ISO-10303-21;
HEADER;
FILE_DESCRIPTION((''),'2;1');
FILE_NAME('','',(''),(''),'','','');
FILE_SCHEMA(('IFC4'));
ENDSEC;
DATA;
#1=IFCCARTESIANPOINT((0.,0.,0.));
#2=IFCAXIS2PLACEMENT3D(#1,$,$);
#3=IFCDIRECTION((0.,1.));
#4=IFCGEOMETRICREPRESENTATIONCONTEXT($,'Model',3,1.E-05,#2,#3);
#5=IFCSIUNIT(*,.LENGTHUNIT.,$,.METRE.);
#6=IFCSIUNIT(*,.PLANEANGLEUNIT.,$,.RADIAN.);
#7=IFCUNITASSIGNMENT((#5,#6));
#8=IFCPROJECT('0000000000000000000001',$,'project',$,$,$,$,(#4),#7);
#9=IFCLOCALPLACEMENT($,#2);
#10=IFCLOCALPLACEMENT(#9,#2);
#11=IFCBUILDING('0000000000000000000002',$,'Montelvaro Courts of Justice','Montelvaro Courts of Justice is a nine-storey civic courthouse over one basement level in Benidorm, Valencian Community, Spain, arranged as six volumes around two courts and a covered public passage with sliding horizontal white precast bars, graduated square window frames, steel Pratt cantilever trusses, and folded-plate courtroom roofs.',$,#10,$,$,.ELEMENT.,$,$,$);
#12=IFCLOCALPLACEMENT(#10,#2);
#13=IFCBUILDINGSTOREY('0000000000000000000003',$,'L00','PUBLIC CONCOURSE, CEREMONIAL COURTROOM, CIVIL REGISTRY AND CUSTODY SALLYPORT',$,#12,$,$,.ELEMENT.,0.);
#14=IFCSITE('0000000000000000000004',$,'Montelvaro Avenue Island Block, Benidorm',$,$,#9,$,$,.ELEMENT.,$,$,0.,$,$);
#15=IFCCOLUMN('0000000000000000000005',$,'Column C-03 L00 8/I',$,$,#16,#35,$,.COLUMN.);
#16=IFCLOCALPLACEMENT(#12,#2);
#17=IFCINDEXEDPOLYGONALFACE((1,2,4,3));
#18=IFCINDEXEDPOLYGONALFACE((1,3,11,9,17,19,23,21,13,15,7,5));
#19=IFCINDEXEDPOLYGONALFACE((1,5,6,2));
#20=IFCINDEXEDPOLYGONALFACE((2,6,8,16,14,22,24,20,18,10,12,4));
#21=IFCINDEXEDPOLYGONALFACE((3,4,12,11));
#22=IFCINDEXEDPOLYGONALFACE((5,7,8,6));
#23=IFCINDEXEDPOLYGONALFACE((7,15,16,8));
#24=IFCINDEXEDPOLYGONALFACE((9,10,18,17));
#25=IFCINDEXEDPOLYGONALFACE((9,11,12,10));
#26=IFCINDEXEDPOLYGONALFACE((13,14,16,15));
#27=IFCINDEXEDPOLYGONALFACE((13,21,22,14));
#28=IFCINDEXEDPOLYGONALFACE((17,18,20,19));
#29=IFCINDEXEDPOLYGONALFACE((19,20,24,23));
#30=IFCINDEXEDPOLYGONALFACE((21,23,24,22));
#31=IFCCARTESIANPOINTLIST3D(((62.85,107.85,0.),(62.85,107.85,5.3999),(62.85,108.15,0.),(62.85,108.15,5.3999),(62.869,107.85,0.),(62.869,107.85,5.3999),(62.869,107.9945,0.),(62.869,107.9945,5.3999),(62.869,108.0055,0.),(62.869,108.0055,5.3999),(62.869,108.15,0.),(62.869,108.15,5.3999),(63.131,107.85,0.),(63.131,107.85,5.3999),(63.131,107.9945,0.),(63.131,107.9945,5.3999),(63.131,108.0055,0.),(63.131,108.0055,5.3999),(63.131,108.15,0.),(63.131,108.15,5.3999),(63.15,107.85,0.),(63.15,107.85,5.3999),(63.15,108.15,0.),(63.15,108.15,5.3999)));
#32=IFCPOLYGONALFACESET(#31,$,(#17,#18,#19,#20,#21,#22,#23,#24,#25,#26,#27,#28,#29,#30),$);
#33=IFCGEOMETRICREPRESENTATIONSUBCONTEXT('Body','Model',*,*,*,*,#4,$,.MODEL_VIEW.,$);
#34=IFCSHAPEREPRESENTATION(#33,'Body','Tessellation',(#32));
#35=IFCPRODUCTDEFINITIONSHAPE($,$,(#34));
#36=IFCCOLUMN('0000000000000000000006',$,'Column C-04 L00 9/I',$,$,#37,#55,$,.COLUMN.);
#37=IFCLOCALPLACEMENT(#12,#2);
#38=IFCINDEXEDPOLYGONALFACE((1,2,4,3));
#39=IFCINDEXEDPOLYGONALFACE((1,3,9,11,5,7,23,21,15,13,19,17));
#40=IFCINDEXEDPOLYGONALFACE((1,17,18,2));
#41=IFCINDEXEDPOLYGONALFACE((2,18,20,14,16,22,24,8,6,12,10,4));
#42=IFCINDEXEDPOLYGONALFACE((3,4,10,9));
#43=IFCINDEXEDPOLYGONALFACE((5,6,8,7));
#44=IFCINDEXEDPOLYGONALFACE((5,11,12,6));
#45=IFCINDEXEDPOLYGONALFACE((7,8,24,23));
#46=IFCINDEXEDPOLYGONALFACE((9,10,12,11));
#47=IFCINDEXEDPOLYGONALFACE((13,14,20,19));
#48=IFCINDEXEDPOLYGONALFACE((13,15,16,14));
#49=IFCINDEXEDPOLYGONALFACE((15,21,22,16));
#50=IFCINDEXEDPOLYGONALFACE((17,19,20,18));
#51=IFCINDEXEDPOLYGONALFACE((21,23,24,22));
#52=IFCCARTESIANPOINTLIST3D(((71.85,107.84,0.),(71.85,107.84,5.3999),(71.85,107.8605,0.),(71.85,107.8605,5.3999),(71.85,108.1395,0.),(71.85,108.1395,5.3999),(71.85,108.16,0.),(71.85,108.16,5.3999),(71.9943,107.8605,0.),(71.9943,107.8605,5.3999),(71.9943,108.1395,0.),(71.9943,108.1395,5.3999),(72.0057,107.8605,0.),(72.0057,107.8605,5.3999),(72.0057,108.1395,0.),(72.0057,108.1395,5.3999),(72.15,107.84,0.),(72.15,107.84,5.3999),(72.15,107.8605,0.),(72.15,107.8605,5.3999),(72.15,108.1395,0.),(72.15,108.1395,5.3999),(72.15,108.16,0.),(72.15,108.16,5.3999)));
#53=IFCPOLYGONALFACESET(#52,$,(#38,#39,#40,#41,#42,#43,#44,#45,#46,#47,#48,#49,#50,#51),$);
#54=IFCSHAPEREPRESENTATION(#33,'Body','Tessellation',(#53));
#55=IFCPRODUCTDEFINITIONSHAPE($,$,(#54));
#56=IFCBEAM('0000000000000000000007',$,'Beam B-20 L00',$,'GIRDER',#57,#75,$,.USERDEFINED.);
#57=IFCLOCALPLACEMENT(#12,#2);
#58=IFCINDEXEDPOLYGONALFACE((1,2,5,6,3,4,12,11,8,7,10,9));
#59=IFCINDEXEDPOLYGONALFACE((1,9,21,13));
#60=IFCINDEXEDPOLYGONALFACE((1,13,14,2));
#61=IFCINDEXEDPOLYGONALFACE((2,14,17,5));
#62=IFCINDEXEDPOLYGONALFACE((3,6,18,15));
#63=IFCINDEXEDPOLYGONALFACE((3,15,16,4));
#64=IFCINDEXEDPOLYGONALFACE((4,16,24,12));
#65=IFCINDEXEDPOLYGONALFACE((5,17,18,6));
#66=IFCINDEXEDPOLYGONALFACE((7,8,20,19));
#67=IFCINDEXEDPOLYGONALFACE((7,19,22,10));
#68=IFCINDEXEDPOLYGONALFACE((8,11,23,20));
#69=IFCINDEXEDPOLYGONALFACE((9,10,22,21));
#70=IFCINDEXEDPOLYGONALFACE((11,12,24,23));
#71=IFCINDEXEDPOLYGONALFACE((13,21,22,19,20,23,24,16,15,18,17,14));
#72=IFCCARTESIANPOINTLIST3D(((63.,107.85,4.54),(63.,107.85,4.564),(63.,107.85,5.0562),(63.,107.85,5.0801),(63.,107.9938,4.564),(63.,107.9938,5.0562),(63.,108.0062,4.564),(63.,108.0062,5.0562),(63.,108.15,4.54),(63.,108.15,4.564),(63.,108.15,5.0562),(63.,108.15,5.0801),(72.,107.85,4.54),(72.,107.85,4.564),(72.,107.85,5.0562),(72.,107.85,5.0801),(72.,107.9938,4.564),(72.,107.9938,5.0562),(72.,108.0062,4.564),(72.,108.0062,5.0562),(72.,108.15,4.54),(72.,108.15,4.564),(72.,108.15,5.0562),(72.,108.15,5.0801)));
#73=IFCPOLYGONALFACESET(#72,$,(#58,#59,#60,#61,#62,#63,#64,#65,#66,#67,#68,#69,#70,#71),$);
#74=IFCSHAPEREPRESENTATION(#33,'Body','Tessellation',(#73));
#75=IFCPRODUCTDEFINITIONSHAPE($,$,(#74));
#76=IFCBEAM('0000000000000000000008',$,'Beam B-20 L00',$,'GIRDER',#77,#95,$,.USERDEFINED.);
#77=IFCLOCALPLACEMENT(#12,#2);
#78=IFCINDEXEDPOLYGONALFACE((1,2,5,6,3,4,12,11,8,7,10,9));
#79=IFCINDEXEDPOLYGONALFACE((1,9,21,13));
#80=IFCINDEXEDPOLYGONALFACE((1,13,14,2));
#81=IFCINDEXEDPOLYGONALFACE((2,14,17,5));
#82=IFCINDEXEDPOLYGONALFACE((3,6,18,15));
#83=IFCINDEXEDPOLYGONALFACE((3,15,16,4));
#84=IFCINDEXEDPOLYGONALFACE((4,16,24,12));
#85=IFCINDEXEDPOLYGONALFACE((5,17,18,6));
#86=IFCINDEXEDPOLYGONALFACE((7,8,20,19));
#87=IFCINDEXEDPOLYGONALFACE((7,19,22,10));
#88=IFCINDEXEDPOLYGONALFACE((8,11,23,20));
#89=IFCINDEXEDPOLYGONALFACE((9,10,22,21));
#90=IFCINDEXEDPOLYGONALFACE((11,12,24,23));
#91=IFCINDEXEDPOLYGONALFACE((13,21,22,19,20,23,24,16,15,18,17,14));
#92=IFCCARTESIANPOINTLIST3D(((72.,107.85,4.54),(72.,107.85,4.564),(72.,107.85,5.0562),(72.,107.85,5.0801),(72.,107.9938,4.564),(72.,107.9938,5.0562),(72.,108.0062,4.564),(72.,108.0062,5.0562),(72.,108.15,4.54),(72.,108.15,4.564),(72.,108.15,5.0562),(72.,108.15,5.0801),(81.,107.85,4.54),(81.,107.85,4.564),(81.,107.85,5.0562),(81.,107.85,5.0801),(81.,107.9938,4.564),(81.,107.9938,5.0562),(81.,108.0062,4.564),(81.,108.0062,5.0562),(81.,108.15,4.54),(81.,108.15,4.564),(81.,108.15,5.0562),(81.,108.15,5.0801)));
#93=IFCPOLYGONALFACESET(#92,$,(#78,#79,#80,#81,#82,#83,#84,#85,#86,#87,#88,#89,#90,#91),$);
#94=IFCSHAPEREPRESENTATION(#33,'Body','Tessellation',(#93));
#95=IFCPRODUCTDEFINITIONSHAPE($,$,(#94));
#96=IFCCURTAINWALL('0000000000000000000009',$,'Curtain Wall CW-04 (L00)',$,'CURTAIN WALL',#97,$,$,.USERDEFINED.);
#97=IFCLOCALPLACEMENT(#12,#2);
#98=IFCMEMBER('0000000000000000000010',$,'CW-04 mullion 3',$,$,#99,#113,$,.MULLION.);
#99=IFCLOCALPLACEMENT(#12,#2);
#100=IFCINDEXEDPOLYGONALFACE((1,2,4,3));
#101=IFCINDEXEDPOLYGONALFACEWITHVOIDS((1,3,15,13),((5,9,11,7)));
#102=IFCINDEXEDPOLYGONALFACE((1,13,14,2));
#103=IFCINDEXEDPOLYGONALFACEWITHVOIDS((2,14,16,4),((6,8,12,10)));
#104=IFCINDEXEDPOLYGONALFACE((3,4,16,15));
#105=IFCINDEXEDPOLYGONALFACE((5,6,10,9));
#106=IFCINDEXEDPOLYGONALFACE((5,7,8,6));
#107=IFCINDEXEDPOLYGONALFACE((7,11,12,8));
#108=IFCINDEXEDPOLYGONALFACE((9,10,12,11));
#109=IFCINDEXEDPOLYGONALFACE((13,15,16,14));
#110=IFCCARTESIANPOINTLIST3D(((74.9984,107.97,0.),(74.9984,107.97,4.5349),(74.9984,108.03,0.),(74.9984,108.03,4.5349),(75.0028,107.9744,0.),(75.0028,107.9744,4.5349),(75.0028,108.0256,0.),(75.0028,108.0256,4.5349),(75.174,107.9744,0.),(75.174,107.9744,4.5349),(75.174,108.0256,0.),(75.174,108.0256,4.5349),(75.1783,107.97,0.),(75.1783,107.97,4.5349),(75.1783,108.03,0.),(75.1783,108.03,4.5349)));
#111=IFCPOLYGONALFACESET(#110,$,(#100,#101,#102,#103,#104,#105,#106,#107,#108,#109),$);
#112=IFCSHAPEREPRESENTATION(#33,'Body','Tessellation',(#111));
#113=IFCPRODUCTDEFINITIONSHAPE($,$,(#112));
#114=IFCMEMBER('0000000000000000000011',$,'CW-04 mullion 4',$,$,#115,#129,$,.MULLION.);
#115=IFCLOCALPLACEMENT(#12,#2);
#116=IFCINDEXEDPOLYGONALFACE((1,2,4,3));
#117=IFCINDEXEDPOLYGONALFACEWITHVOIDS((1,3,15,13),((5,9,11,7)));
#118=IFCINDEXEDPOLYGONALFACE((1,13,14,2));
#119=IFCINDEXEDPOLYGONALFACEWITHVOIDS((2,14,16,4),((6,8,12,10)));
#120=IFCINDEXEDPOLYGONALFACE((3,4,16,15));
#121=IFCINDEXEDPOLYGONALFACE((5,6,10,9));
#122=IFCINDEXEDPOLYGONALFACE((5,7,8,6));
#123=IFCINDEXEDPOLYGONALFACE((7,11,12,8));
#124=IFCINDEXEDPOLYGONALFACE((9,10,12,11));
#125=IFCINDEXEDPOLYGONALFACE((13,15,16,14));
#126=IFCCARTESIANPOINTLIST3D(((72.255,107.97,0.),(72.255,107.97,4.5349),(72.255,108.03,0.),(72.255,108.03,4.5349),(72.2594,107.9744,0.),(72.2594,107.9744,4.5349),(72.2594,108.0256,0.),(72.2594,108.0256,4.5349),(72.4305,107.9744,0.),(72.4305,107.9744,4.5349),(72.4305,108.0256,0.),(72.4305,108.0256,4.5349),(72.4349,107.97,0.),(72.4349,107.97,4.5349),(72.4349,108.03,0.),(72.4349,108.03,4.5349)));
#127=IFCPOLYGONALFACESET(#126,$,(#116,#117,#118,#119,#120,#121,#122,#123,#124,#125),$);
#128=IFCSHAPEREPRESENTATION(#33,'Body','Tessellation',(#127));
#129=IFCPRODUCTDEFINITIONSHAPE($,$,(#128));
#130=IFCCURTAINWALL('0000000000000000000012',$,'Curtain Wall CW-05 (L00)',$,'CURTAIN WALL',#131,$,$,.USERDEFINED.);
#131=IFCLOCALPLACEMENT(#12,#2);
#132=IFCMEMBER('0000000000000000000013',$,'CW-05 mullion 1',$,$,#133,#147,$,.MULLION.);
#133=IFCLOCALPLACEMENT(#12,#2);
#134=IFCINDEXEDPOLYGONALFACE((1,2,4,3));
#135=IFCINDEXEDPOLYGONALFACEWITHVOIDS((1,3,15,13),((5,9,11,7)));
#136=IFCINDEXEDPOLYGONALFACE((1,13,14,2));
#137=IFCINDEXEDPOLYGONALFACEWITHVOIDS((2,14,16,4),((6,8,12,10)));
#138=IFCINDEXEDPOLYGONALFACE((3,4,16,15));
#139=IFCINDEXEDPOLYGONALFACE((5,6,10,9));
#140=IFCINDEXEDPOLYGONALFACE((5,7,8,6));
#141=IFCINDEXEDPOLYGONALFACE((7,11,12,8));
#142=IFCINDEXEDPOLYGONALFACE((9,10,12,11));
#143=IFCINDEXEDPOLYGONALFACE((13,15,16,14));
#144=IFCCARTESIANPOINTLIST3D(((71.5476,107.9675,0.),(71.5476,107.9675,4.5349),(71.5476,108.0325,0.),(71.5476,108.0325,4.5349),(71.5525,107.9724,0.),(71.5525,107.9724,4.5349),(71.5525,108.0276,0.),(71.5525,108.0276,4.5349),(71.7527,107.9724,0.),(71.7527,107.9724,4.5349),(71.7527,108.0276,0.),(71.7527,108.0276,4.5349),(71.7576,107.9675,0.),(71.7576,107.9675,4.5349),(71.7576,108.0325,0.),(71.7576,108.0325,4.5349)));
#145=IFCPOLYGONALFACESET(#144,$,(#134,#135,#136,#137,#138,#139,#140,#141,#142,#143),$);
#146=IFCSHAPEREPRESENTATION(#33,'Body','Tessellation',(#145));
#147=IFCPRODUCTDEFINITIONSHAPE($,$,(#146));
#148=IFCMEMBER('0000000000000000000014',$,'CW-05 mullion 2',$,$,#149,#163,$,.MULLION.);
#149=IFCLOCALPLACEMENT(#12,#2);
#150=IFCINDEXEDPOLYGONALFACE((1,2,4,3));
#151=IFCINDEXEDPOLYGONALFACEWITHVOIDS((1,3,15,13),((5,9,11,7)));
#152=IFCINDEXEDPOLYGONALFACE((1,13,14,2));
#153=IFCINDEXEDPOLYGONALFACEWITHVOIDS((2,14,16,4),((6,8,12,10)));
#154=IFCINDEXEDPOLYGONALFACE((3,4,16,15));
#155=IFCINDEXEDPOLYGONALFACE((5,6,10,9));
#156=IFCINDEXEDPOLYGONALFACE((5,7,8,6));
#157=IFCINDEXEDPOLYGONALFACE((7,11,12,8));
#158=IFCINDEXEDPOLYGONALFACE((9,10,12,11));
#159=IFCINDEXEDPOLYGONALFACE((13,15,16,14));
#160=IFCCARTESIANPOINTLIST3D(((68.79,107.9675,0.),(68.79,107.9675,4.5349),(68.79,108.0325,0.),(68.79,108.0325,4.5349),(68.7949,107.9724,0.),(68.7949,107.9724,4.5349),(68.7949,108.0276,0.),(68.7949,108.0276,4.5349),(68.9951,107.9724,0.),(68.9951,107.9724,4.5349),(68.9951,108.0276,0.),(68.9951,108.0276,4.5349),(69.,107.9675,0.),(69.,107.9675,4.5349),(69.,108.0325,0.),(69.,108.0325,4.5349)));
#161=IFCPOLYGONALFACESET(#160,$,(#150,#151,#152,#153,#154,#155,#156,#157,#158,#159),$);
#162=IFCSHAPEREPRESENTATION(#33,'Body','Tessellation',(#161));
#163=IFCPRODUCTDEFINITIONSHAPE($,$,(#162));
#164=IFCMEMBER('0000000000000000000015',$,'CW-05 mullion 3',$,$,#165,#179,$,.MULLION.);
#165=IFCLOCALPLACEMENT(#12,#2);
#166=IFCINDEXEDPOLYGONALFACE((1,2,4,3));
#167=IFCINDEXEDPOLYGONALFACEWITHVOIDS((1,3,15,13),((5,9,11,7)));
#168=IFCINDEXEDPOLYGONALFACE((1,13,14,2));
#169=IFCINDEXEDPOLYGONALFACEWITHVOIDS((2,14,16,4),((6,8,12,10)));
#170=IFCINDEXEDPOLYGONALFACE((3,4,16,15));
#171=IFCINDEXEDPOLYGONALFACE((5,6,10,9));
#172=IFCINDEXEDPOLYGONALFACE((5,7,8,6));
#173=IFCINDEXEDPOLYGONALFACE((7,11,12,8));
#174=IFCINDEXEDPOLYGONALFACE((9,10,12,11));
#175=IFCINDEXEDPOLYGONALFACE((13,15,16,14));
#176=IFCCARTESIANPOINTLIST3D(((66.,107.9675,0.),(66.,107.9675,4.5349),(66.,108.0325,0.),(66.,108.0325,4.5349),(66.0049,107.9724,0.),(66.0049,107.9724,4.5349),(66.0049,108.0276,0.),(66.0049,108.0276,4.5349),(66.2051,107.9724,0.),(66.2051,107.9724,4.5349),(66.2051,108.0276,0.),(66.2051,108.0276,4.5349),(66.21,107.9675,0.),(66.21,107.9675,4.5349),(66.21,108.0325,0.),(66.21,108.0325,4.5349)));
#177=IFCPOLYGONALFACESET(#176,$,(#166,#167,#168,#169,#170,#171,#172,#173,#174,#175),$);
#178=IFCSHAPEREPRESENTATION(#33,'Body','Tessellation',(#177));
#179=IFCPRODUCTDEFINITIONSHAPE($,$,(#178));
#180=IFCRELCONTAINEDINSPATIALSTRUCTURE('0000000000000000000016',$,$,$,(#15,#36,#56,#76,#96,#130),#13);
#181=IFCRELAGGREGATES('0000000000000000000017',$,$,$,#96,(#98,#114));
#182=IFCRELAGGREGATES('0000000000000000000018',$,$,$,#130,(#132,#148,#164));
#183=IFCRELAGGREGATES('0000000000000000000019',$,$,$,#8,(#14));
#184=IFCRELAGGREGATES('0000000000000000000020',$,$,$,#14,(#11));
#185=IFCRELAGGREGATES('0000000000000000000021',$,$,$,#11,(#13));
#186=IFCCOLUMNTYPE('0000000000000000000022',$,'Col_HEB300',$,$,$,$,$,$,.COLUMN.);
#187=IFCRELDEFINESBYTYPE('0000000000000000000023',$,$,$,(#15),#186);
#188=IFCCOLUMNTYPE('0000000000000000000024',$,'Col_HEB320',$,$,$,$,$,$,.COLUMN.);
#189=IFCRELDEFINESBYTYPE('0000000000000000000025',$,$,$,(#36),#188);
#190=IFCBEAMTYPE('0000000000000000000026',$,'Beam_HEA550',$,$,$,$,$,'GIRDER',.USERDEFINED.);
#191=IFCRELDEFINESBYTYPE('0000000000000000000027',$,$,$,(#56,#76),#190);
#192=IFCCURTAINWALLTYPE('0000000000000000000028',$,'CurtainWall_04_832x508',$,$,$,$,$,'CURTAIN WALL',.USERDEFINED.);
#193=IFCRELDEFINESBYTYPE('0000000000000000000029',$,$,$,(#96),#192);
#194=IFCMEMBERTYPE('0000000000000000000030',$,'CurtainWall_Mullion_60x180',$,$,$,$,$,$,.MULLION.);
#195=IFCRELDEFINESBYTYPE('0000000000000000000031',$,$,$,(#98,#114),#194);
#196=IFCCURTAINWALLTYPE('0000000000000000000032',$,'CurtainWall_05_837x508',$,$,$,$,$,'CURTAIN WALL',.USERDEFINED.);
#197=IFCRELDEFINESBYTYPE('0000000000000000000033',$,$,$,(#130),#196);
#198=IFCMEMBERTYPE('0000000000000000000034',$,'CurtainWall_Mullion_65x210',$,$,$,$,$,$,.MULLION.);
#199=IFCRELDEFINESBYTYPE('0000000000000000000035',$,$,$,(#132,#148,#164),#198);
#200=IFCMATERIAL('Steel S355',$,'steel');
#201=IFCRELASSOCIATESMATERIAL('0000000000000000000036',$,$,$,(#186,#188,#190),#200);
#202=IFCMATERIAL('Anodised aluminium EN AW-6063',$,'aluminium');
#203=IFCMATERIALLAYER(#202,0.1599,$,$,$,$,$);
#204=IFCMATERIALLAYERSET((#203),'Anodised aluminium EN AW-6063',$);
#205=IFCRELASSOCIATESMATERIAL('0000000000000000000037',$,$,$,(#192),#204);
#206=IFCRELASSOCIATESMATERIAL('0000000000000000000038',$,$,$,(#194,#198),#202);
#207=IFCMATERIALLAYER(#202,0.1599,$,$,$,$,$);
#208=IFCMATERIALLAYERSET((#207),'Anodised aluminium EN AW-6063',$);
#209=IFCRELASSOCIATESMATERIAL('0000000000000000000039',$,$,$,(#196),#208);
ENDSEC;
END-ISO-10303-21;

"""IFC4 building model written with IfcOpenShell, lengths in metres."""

from ifc_helpers import new_model, si_unit, direction, frame, origin, origin_2d, place, context, subcontext, project, spatial, hollow_rectangle, i_section, extrude, material, layer, layer_set, material_profile, profile_set, type_object, element, aggregate, save


model = new_model("IFC4")

# Units and contexts
model_context = context("Model", 3, precision=1e-05, world=origin(), true_north=direction((0.0, 1.0)))
body_context = subcontext(model_context, "Body", "Model", "MODEL_VIEW")
ifc_project = project(units=[si_unit("LENGTHUNIT", "METRE"), si_unit("PLANEANGLEUNIT", "RADIAN")], contexts=[model_context])

# Site, building, storey
site_placement = place(None, origin())
site = spatial("IfcSite", under=ifc_project, at=site_placement, Name="Montelvaro Avenue Island Block, Benidorm", CompositionType="ELEMENT", RefElevation=0.0)
building_placement = place(site_placement, origin())
building = spatial("IfcBuilding", under=site, at=building_placement, Name="Montelvaro Courts of Justice", Description="Montelvaro Courts of Justice is a nine-storey civic courthouse over one basement level in Benidorm, Valencian Community, Spain, arranged as six volumes around two courts and a covered public passage with sliding horizontal white precast bars, graduated square window frames, steel Pratt cantilever trusses, and folded-plate courtroom roofs.", CompositionType="ELEMENT")
storey_placement = place(building_placement, origin())
storey = spatial("IfcBuildingStorey", under=building, at=storey_placement, Name="L00", Description="PUBLIC CONCOURSE, CEREMONIAL COURTROOM, CIVIL REGISTRY AND CUSTODY SALLYPORT", CompositionType="ELEMENT", Elevation=0.0)

# Columns
ifc_material_1 = material(Name="Steel S355", Category="steel")
ifc_material_profile_1 = material_profile(ifc_material_1, i_section(OverallWidth=0.3, OverallDepth=0.3, WebThickness=0.011, FlangeThickness=0.019, at=origin_2d()), Name="HEB 300")
ifc_profile_set_1 = profile_set([ifc_material_profile_1], Name="Steel S355")
column_type_1 = type_object("IfcColumnType", Name="Col_HEB300", PredefinedType="COLUMN", material=ifc_profile_set_1)
column_1_placement = place(storey_placement, frame((63.0, 108.0, 0.0), z_axis=(0.0, 0.0, 1.0), x_axis=(0.0, 1.0, 0.0)))
element("IfcColumn", 1, at=column_1_placement, inside=storey, type_object=column_type_1, Name="Column C-03 L00 8/I", PredefinedType="COLUMN", context=body_context, shape_type="SweptSolid", body=[
    extrude(i_section(OverallWidth=0.3, OverallDepth=0.3, WebThickness=0.011, FlangeThickness=0.019, at=origin_2d()), origin(), (0.0, 0.0, 1.0), 5.3999),
])
ifc_material_profile_2 = material_profile(ifc_material_1, i_section(OverallWidth=0.3, OverallDepth=0.3201, WebThickness=0.0115, FlangeThickness=0.0205, at=origin_2d()), Name="HEB 320")
ifc_profile_set_2 = profile_set([ifc_material_profile_2], Name="Steel S355")
column_type_2 = type_object("IfcColumnType", Name="Col_HEB320", PredefinedType="COLUMN", material=ifc_profile_set_2)
column_2_placement = place(storey_placement, frame((72.0, 108.0, 0.0), z_axis=(0.0, 0.0, 1.0), x_axis=(1.0, 0.0, 0.0)))
element("IfcColumn", 2, at=column_2_placement, inside=storey, type_object=column_type_2, Name="Column C-04 L00 9/I", PredefinedType="COLUMN", context=body_context, shape_type="SweptSolid", body=[
    extrude(i_section(OverallWidth=0.3, OverallDepth=0.3201, WebThickness=0.0115, FlangeThickness=0.0205, at=origin_2d()), origin(), (0.0, 0.0, 1.0), 5.3999),
])

# Beams
ifc_material_profile_3 = material_profile(ifc_material_1, i_section(OverallWidth=0.3, OverallDepth=0.54, WebThickness=0.0125, FlangeThickness=0.0239, at=origin_2d()), Name="HEA 550")
ifc_profile_set_3 = profile_set([ifc_material_profile_3], Name="Steel S355")
beam_type = type_object("IfcBeamType", Name="Beam_HEA550", ElementType="GIRDER", PredefinedType="USERDEFINED", material=ifc_profile_set_3)
for number, where, z_axis, x_axis, name in (
    (3, (63.0, 108.0, 4.8101), (1.0, 0.0, 0.0), (0.0, 1.0, 0.0), "Beam B-20 L00"),
    (4, (72.0, 108.0, 4.8101), (1.0, 0.0, 0.0), (0.0, 1.0, 0.0), "Beam B-20 L00"),
):
    element("IfcBeam", number, at=place(storey_placement, frame(where, z_axis=z_axis, x_axis=x_axis)), inside=storey, type_object=beam_type, Name=name, ObjectType="GIRDER", PredefinedType="USERDEFINED", context=body_context, shape_type="SweptSolid", body=[
        extrude(i_section(OverallWidth=0.3, OverallDepth=0.54, WebThickness=0.0125, FlangeThickness=0.0239, at=origin_2d()), origin(), (0.0, 0.0, 1.0), 9.0),
    ])

# Curtain walls, members
ifc_material_2 = material(Name="Anodised aluminium EN AW-6063", Category="aluminium")
ifc_layer_1 = layer(ifc_material_2, 0.1599)
ifc_layer_set_1 = layer_set([ifc_layer_1], Name="Anodised aluminium EN AW-6063")
curtain_wall_type_1 = type_object("IfcCurtainWallType", Name="CurtainWall_04_832x508", ElementType="CURTAIN WALL", PredefinedType="USERDEFINED", material=ifc_layer_set_1)
curtain_wall_1_placement = place(storey_placement, origin())
curtain_wall_1 = element("IfcCurtainWall", 5, at=curtain_wall_1_placement, inside=storey, type_object=curtain_wall_type_1, Name="Curtain Wall CW-04 (L00)", ObjectType="CURTAIN WALL", PredefinedType="USERDEFINED")
ifc_material_profile_4 = material_profile(ifc_material_2, hollow_rectangle(XDim=0.0601, YDim=0.1799, WallThickness=0.0044, at=origin_2d()), Name="ALU-M 60x180")
ifc_profile_set_4 = profile_set([ifc_material_profile_4], Name="Anodised aluminium EN AW-6063")
member_type_1 = type_object("IfcMemberType", Name="CurtainWall_Mullion_60x180", PredefinedType="MULLION", material=ifc_profile_set_4)
member_1_placement = place(storey_placement, frame((75.0884, 108.0, 0.0), z_axis=(0.0, 0.0, 1.0), x_axis=(0.0, -1.0, 0.0)))
member_1 = element("IfcMember", 6, at=member_1_placement, type_object=member_type_1, Name="CW-04 mullion 3", PredefinedType="MULLION", context=body_context, shape_type="SweptSolid", body=[
    extrude(hollow_rectangle(XDim=0.0601, YDim=0.1799, WallThickness=0.0044, at=origin_2d()), origin(), (0.0, 0.0, 1.0), 4.5349),
])
member_2_placement = place(storey_placement, frame((72.345, 108.0, 0.0), z_axis=(0.0, 0.0, 1.0), x_axis=(0.0, -1.0, 0.0)))
member_2 = element("IfcMember", 7, at=member_2_placement, type_object=member_type_1, Name="CW-04 mullion 4", PredefinedType="MULLION", context=body_context, shape_type="SweptSolid", body=[
    extrude(hollow_rectangle(XDim=0.0601, YDim=0.1799, WallThickness=0.0044, at=origin_2d()), origin(), (0.0, 0.0, 1.0), 4.5349),
])
ifc_layer_2 = layer(ifc_material_2, 0.1599)
ifc_layer_set_2 = layer_set([ifc_layer_2], Name="Anodised aluminium EN AW-6063")
curtain_wall_type_2 = type_object("IfcCurtainWallType", Name="CurtainWall_05_837x508", ElementType="CURTAIN WALL", PredefinedType="USERDEFINED", material=ifc_layer_set_2)
curtain_wall_2_placement = place(storey_placement, origin())
curtain_wall_2 = element("IfcCurtainWall", 8, at=curtain_wall_2_placement, inside=storey, type_object=curtain_wall_type_2, Name="Curtain Wall CW-05 (L00)", ObjectType="CURTAIN WALL", PredefinedType="USERDEFINED")
ifc_material_profile_5 = material_profile(ifc_material_2, hollow_rectangle(XDim=0.0649, YDim=0.21, WallThickness=0.0049, at=origin_2d()), Name="ALU-M 65x210")
ifc_profile_set_5 = profile_set([ifc_material_profile_5], Name="Anodised aluminium EN AW-6063")
member_type_2 = type_object("IfcMemberType", Name="CurtainWall_Mullion_65x210", PredefinedType="MULLION", material=ifc_profile_set_5)
member_3_placement = place(storey_placement, frame((71.6526, 108.0, 0.0), z_axis=(0.0, 0.0, 1.0), x_axis=(0.0, -1.0, 0.0)))
member_3 = element("IfcMember", 9, at=member_3_placement, type_object=member_type_2, Name="CW-05 mullion 1", PredefinedType="MULLION", context=body_context, shape_type="SweptSolid", body=[
    extrude(hollow_rectangle(XDim=0.0649, YDim=0.21, WallThickness=0.0049, at=origin_2d()), origin(), (0.0, 0.0, 1.0), 4.5349),
])
member_4_placement = place(storey_placement, frame((68.895, 108.0, 0.0), z_axis=(0.0, 0.0, 1.0), x_axis=(0.0, -1.0, 0.0)))
member_4 = element("IfcMember", 10, at=member_4_placement, type_object=member_type_2, Name="CW-05 mullion 2", PredefinedType="MULLION", context=body_context, shape_type="SweptSolid", body=[
    extrude(hollow_rectangle(XDim=0.0649, YDim=0.21, WallThickness=0.0049, at=origin_2d()), origin(), (0.0, 0.0, 1.0), 4.5349),
])
member_5_placement = place(storey_placement, frame((66.105, 108.0, 0.0), z_axis=(0.0, 0.0, 1.0), x_axis=(0.0, -1.0, 0.0)))
member_5 = element("IfcMember", 11, at=member_5_placement, type_object=member_type_2, Name="CW-05 mullion 3", PredefinedType="MULLION", context=body_context, shape_type="SweptSolid", body=[
    extrude(hollow_rectangle(XDim=0.0649, YDim=0.21, WallThickness=0.0049, at=origin_2d()), origin(), (0.0, 0.0, 1.0), 4.5349),
])

aggregate(curtain_wall_1, [member_1, member_2])
aggregate(curtain_wall_2, [member_3, member_4, member_5])

save(model, "model.ifc")
